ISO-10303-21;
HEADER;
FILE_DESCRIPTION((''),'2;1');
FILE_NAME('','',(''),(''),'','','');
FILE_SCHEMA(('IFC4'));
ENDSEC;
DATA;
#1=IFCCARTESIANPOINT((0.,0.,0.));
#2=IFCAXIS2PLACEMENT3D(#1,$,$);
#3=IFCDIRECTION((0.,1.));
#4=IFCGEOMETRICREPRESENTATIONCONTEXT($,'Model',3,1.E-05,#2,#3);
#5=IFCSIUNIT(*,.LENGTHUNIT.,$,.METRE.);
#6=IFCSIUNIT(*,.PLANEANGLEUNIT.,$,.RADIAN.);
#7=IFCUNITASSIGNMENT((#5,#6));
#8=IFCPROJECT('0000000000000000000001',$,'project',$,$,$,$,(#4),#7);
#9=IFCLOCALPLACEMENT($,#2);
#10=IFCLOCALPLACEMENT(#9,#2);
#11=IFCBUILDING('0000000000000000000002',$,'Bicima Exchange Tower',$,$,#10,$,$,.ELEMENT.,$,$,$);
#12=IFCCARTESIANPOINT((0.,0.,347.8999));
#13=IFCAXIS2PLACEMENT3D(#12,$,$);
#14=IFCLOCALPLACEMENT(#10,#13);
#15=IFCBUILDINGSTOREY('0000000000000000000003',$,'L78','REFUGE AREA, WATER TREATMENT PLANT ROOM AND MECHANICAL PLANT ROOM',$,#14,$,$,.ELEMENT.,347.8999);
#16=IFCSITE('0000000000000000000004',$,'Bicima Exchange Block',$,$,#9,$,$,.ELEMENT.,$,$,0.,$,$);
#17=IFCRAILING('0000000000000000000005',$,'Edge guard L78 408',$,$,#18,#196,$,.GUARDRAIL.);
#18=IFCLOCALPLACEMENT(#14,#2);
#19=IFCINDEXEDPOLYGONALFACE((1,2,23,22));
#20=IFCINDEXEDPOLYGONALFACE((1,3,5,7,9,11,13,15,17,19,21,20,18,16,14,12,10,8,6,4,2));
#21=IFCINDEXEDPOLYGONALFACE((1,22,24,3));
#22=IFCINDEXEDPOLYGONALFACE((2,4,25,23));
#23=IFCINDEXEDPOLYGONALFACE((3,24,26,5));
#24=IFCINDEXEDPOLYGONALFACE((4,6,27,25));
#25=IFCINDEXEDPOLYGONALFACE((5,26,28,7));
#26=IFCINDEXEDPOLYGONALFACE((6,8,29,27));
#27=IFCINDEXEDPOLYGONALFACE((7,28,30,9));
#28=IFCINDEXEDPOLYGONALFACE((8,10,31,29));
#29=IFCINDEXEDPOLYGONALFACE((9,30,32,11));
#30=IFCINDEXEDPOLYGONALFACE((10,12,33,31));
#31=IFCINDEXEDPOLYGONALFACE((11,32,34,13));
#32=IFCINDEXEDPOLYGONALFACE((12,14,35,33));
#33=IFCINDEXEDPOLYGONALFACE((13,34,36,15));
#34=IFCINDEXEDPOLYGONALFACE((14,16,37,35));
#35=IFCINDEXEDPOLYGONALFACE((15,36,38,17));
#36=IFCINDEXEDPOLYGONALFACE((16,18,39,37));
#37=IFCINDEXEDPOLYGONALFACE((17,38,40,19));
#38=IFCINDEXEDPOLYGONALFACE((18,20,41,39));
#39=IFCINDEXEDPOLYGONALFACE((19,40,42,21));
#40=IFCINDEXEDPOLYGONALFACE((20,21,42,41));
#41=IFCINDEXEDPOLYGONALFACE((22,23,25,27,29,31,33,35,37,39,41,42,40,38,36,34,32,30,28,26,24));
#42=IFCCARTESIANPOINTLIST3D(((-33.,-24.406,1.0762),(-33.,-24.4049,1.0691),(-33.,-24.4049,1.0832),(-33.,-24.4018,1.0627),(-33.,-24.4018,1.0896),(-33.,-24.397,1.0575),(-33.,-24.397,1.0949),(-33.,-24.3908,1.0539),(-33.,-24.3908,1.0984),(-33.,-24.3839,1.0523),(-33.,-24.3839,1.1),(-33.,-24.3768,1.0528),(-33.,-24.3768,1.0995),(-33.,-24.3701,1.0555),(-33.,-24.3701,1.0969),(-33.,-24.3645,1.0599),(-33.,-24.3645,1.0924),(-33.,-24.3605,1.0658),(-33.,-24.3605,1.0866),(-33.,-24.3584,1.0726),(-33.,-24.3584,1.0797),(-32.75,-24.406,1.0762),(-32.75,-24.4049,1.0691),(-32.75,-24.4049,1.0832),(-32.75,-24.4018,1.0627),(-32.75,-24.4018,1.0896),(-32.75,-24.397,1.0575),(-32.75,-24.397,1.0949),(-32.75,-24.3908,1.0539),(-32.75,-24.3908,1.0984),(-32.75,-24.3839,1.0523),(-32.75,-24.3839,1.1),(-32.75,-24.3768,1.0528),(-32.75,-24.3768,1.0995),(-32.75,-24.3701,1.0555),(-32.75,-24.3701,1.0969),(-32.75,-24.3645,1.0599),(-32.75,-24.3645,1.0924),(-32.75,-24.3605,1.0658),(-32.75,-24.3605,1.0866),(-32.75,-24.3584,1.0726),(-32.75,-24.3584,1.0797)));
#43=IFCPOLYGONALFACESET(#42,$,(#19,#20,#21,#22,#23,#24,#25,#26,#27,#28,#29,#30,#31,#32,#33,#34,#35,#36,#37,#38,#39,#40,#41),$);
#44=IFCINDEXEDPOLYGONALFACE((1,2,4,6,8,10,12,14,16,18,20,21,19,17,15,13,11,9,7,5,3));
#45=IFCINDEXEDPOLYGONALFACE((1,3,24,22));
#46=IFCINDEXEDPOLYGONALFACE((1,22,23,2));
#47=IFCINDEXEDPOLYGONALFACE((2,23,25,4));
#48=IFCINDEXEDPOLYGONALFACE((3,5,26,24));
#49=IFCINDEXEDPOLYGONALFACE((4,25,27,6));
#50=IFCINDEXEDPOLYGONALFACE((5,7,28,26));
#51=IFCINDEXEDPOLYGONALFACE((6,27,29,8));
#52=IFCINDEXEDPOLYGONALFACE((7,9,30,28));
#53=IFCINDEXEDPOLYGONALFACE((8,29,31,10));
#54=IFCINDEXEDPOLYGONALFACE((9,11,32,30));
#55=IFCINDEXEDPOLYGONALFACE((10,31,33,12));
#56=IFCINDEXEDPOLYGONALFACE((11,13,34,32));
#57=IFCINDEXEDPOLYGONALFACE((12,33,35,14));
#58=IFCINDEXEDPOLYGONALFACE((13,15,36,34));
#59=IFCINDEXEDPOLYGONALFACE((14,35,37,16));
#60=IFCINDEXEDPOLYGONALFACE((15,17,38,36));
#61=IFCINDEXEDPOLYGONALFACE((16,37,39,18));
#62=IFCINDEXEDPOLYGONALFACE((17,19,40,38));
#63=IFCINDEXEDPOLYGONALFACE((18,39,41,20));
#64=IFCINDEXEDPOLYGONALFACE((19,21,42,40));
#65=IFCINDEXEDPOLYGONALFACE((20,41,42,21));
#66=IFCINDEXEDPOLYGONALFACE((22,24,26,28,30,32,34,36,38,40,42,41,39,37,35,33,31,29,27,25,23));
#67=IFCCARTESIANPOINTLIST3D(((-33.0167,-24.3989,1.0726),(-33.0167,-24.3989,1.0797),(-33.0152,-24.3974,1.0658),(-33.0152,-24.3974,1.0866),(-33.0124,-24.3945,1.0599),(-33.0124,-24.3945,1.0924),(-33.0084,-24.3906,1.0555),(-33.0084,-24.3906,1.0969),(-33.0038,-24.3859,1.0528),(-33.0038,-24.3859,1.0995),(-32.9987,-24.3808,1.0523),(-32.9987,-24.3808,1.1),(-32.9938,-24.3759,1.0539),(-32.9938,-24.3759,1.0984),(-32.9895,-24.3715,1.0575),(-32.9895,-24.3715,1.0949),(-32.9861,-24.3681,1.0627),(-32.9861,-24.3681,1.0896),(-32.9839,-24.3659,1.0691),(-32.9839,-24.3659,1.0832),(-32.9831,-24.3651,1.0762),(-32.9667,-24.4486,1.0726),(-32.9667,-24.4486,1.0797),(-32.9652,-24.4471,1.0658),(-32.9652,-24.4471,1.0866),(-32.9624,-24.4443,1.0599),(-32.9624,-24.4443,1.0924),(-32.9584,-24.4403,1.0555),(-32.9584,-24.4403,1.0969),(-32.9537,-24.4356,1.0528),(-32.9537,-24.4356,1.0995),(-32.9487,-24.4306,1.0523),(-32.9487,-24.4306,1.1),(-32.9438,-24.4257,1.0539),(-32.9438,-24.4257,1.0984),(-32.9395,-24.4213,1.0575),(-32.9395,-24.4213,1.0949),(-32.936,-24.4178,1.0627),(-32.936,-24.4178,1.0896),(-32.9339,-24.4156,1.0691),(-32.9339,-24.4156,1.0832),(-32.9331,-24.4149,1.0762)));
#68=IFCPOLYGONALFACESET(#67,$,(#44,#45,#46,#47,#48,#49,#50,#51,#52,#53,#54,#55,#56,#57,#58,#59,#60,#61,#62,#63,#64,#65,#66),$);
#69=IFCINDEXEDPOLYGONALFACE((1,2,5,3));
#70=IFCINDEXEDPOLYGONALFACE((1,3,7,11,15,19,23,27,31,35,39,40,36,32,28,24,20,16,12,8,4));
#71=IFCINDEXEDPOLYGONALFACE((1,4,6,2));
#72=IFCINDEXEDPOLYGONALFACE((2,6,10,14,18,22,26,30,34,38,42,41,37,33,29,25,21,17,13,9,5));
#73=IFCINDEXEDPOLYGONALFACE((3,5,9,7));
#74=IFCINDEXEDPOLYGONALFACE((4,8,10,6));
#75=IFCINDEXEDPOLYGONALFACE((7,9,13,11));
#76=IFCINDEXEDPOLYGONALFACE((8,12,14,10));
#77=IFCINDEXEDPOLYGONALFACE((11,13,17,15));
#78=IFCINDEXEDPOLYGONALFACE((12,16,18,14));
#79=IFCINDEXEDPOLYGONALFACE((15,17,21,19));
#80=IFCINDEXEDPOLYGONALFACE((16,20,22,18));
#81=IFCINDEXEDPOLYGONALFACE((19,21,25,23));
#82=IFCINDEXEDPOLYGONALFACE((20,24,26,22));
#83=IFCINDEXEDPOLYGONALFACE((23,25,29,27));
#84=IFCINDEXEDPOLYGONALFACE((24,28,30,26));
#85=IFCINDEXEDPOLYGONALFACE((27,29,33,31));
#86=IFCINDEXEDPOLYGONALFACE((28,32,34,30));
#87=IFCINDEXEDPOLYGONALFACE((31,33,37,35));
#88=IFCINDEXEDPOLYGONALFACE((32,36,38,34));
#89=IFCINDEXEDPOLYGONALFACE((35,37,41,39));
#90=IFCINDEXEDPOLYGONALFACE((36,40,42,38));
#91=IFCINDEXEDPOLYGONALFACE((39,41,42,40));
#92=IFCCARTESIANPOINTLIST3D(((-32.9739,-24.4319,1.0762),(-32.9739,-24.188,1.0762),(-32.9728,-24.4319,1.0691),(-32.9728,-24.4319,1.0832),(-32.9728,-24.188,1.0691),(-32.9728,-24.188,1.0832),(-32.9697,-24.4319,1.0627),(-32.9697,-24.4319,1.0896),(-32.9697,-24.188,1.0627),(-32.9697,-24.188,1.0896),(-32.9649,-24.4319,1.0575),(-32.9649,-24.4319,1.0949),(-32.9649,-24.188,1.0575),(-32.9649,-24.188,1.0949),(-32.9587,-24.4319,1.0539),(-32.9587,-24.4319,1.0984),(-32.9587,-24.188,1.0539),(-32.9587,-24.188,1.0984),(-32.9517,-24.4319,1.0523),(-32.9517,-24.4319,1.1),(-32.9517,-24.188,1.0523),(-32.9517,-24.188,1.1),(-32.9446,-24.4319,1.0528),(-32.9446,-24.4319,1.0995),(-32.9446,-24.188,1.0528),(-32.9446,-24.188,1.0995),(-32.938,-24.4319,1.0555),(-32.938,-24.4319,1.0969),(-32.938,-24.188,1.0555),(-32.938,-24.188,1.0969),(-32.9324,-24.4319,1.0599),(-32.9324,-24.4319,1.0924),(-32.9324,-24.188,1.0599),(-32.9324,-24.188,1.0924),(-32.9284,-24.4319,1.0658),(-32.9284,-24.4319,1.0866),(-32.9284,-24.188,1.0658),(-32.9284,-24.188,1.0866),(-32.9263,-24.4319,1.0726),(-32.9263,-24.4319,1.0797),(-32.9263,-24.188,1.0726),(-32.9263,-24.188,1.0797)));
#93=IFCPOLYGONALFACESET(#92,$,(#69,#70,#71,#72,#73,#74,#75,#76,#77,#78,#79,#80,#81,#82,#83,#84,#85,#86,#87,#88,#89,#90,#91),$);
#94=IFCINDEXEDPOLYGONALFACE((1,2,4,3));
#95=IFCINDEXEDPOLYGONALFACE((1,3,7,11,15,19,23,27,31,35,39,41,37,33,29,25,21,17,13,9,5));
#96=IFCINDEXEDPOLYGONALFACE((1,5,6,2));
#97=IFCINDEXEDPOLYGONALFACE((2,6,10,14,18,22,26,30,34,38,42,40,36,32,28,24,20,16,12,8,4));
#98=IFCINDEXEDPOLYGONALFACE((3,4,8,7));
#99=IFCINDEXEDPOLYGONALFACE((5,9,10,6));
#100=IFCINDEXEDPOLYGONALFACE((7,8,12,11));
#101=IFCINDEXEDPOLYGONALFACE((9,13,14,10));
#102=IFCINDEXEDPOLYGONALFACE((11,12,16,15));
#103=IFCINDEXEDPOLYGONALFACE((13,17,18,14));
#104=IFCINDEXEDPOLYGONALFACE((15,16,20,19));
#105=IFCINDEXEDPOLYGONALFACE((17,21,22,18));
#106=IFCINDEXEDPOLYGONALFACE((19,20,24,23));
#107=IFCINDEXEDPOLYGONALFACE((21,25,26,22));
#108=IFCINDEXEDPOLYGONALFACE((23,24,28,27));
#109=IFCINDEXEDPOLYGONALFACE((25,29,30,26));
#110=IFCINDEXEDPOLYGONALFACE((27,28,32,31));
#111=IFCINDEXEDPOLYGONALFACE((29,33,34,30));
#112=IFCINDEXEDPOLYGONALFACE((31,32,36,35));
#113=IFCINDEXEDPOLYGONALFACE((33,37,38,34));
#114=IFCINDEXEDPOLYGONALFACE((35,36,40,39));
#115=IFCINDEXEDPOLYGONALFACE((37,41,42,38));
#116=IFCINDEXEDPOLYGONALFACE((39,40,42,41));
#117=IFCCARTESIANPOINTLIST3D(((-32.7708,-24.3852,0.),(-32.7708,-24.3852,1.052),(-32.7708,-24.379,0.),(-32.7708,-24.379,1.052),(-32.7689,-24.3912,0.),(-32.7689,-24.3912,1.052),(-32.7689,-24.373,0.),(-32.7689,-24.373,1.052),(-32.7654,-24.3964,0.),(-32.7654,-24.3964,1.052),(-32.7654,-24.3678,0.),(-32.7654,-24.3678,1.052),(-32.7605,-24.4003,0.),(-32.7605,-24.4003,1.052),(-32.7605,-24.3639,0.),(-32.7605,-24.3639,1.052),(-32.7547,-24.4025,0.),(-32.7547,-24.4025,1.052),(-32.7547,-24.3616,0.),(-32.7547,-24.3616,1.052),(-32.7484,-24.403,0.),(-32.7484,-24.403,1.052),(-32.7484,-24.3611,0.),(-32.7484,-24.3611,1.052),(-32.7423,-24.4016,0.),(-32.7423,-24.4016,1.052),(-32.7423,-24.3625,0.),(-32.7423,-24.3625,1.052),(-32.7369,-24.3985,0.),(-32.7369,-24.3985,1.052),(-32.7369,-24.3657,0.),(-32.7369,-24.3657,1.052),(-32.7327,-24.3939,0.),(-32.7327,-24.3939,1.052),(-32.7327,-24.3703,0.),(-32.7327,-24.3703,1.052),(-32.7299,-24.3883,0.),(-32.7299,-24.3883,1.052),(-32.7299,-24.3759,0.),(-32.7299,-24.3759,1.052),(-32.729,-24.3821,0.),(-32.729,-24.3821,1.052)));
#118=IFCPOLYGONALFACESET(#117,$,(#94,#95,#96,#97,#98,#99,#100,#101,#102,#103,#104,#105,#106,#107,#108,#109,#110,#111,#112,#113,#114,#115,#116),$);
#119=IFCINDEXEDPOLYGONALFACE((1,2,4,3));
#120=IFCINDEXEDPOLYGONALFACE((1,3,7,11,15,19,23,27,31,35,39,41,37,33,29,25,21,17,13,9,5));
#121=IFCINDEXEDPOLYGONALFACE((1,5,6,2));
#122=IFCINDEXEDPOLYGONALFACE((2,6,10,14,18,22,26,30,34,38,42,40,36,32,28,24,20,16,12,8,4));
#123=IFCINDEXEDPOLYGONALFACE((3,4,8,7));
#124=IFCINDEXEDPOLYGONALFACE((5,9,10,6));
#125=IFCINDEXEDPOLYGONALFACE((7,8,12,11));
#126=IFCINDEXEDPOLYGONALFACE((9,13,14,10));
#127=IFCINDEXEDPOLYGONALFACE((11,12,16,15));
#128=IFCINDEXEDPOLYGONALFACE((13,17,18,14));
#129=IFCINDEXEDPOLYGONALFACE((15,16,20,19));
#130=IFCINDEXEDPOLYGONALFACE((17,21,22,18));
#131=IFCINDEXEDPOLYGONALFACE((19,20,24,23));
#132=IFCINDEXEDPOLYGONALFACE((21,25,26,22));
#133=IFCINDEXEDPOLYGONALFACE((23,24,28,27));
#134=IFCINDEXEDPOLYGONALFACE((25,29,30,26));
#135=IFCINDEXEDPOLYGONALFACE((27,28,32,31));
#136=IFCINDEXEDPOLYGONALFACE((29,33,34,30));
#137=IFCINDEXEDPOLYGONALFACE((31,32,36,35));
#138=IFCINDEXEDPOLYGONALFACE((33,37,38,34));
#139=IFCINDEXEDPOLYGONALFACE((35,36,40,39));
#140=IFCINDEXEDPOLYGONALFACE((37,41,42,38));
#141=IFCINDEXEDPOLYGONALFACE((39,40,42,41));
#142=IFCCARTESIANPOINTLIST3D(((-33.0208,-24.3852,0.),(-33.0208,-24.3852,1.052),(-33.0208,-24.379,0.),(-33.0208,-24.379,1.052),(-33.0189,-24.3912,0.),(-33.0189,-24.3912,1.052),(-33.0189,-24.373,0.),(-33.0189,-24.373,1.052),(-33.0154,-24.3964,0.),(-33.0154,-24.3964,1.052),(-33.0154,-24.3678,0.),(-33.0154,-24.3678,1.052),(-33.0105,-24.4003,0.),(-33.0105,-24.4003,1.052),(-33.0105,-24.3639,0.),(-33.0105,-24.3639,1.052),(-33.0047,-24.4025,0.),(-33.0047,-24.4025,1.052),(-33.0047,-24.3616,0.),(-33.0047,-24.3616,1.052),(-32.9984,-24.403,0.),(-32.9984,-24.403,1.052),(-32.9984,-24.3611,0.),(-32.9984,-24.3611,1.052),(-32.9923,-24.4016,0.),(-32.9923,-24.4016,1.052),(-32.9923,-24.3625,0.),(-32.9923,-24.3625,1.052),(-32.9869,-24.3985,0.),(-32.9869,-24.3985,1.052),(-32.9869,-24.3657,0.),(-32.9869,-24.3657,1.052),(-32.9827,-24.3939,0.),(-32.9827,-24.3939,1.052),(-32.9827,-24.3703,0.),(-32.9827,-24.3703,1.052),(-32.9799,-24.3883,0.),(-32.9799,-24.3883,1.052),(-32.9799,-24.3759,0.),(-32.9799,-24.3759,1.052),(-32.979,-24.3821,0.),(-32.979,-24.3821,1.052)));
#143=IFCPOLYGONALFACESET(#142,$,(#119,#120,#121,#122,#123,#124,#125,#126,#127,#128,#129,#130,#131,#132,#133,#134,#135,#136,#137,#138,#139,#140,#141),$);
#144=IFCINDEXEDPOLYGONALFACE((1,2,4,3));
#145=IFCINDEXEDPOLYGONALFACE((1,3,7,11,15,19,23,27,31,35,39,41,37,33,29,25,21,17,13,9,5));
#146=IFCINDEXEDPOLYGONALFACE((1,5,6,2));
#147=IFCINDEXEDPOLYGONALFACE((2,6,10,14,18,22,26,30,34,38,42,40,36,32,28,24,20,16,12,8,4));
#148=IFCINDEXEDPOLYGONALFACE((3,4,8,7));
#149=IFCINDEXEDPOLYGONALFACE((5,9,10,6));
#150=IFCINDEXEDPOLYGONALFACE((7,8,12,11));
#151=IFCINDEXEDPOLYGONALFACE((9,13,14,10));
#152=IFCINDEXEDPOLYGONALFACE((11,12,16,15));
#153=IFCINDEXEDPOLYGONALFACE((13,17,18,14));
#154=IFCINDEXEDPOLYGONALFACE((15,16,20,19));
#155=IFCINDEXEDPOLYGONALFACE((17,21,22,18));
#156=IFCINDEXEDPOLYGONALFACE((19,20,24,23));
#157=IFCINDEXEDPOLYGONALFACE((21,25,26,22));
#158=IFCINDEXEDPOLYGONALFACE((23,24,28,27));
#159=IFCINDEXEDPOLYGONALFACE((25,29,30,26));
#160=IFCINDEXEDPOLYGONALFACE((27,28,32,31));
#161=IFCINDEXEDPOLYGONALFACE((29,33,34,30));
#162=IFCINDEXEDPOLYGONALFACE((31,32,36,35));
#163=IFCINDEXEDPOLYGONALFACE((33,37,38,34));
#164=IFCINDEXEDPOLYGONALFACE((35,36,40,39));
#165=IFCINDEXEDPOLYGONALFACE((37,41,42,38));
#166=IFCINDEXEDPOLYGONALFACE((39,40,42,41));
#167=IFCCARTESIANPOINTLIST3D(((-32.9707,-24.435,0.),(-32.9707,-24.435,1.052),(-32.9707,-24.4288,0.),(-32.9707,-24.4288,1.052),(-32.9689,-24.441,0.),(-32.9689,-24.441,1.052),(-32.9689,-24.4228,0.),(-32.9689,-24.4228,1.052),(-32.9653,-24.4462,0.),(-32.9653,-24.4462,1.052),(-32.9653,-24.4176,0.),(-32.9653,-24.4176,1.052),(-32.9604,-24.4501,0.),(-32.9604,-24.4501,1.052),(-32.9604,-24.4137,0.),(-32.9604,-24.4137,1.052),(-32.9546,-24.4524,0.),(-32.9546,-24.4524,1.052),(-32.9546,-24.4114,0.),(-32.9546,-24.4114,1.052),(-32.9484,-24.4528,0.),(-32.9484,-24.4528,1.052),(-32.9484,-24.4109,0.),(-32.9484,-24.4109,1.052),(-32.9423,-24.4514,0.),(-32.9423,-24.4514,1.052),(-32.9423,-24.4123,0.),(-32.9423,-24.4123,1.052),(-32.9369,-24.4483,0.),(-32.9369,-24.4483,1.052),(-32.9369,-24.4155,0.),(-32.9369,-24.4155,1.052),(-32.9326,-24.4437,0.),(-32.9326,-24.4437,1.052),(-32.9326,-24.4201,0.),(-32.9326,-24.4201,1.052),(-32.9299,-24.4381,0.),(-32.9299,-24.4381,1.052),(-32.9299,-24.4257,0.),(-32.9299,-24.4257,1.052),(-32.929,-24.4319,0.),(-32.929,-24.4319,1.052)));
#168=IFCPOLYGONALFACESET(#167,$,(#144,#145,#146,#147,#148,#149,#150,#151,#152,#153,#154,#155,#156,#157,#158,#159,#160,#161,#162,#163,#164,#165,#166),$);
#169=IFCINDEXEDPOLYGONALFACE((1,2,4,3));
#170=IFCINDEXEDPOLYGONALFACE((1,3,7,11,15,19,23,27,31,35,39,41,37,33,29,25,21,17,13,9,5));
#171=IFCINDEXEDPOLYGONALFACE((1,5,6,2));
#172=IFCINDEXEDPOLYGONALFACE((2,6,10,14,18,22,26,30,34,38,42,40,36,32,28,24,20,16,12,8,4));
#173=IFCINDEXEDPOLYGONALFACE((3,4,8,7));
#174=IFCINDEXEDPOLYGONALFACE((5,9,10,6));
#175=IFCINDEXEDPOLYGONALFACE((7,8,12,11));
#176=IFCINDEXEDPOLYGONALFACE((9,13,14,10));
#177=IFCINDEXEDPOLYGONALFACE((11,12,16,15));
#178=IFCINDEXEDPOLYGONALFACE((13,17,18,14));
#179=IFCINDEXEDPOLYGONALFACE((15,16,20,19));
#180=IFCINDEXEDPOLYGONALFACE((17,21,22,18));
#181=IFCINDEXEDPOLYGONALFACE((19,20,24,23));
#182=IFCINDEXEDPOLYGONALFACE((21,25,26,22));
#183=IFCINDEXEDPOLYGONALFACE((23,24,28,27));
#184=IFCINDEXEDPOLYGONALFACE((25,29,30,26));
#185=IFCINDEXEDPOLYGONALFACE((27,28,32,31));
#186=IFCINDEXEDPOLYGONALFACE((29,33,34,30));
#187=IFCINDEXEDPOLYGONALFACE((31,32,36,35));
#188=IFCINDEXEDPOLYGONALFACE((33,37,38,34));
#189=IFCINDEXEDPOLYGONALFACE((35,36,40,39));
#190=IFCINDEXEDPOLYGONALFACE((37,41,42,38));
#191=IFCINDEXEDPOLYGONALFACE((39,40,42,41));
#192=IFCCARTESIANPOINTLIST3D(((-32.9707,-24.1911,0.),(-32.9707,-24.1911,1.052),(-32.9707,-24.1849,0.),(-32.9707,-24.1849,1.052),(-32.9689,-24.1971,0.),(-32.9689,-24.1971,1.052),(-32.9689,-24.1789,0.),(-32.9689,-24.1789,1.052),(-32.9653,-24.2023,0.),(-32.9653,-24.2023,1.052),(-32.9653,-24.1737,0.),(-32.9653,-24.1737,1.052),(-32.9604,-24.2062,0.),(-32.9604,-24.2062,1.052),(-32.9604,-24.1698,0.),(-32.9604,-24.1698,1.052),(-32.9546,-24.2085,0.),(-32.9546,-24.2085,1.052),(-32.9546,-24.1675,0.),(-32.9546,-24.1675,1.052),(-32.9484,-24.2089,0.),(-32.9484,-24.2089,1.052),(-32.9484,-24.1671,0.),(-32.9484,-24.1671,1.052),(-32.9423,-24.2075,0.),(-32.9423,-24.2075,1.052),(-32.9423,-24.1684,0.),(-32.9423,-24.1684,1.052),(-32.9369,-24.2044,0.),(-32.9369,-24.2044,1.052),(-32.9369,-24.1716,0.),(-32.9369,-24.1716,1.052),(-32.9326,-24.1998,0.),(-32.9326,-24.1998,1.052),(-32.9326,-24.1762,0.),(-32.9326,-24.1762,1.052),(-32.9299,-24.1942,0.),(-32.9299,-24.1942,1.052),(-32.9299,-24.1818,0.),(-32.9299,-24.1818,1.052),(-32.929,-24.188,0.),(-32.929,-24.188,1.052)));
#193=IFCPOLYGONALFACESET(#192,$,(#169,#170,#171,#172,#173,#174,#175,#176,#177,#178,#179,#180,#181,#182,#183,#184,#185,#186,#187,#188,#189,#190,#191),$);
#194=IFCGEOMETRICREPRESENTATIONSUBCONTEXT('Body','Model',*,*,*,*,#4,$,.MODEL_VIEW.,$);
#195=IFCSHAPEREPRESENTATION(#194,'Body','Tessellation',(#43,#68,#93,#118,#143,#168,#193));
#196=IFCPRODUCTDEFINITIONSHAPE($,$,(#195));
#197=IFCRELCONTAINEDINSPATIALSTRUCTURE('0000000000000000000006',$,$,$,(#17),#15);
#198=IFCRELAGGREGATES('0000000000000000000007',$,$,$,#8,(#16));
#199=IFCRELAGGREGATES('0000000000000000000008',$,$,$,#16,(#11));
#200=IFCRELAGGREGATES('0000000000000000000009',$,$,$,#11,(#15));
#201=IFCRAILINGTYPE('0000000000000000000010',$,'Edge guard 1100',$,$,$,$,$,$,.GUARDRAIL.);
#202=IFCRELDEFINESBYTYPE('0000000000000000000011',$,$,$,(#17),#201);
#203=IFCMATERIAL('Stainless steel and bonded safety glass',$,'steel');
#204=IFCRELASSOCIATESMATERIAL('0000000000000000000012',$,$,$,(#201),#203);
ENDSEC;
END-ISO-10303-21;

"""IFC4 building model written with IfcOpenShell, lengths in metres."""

from ifc_helpers import new_model, si_unit, direction, frame, origin, origin_2d, place, context, subcontext, project, spatial, circle, extrude, material, type_object, element, save


model = new_model("IFC4")

# Units and contexts
model_context = context("Model", 3, precision=1e-05, world=origin(), true_north=direction((0.0, 1.0)))
body_context = subcontext(model_context, "Body", "Model", "MODEL_VIEW")
ifc_project = project(units=[si_unit("LENGTHUNIT", "METRE"), si_unit("PLANEANGLEUNIT", "RADIAN")], contexts=[model_context])

# Site, building, storey
site_placement = place(None, origin())
site = spatial("IfcSite", under=ifc_project, at=site_placement, Name="Bicima Exchange Block", CompositionType="ELEMENT", RefElevation=0.0)
building_placement = place(site_placement, origin())
building = spatial("IfcBuilding", under=site, at=building_placement, Name="Bicima Exchange Tower", CompositionType="ELEMENT")
storey_placement = place(building_placement, frame((0.0, 0.0, 347.8999)))
storey = spatial("IfcBuildingStorey", under=building, at=storey_placement, Name="L78", Description="REFUGE AREA, WATER TREATMENT PLANT ROOM AND MECHANICAL PLANT ROOM", CompositionType="ELEMENT", Elevation=347.8999)

# Railing
ifc_material_1 = material(Name="Stainless steel and bonded safety glass", Category="steel")
railing_type = type_object("IfcRailingType", Name="Edge guard 1100", PredefinedType="GUARDRAIL", material=ifc_material_1)
railing_1_placement = place(storey_placement, frame((-32.75, -24.3821, 0.0)))
element("IfcRailing", 1, at=railing_1_placement, inside=storey, type_object=railing_type, Name="Edge guard L78 408", PredefinedType="GUARDRAIL", context=body_context, shape_type="SweptSolid", body=[
    extrude(circle(Radius=0.0239, at=origin_2d()), frame((0.0, 0.0, 1.0762), z_axis=(-1.0, 0.0, 0.0), x_axis=(0.0, -1.0, 0.0)), (0.0, 0.0, 1.0), 0.25),
    extrude(circle(Radius=0.0239, at=origin_2d()), frame((-0.25, 0.0, 1.0762), z_axis=(0.708834, -0.705376, 0.0), x_axis=(0.705376, 0.708834, 0.0)), (0.0, 0.0, 1.0), 0.0706),
    extrude(circle(Radius=0.0239, at=origin_2d()), frame((-0.2, -0.0498, 1.0762), z_axis=(0.0, 1.0, 0.0), x_axis=(-1.0, 0.0, 0.0)), (0.0, 0.0, 1.0), 0.2439),
    extrude(circle(Radius=0.021, at=origin_2d()), origin(), (0.0, 0.0, 1.0), 1.052),
    extrude(circle(Radius=0.021, at=origin_2d()), frame((-0.25, 0.0, 0.0)), (0.0, 0.0, 1.0), 1.052),
    extrude(circle(Radius=0.021, at=origin_2d()), frame((-0.2, -0.0498, 0.0)), (0.0, 0.0, 1.0), 1.052),
    extrude(circle(Radius=0.021, at=origin_2d()), frame((-0.2, 0.1941, 0.0)), (0.0, 0.0, 1.0), 1.052),
])

save(model, "model.ifc")
